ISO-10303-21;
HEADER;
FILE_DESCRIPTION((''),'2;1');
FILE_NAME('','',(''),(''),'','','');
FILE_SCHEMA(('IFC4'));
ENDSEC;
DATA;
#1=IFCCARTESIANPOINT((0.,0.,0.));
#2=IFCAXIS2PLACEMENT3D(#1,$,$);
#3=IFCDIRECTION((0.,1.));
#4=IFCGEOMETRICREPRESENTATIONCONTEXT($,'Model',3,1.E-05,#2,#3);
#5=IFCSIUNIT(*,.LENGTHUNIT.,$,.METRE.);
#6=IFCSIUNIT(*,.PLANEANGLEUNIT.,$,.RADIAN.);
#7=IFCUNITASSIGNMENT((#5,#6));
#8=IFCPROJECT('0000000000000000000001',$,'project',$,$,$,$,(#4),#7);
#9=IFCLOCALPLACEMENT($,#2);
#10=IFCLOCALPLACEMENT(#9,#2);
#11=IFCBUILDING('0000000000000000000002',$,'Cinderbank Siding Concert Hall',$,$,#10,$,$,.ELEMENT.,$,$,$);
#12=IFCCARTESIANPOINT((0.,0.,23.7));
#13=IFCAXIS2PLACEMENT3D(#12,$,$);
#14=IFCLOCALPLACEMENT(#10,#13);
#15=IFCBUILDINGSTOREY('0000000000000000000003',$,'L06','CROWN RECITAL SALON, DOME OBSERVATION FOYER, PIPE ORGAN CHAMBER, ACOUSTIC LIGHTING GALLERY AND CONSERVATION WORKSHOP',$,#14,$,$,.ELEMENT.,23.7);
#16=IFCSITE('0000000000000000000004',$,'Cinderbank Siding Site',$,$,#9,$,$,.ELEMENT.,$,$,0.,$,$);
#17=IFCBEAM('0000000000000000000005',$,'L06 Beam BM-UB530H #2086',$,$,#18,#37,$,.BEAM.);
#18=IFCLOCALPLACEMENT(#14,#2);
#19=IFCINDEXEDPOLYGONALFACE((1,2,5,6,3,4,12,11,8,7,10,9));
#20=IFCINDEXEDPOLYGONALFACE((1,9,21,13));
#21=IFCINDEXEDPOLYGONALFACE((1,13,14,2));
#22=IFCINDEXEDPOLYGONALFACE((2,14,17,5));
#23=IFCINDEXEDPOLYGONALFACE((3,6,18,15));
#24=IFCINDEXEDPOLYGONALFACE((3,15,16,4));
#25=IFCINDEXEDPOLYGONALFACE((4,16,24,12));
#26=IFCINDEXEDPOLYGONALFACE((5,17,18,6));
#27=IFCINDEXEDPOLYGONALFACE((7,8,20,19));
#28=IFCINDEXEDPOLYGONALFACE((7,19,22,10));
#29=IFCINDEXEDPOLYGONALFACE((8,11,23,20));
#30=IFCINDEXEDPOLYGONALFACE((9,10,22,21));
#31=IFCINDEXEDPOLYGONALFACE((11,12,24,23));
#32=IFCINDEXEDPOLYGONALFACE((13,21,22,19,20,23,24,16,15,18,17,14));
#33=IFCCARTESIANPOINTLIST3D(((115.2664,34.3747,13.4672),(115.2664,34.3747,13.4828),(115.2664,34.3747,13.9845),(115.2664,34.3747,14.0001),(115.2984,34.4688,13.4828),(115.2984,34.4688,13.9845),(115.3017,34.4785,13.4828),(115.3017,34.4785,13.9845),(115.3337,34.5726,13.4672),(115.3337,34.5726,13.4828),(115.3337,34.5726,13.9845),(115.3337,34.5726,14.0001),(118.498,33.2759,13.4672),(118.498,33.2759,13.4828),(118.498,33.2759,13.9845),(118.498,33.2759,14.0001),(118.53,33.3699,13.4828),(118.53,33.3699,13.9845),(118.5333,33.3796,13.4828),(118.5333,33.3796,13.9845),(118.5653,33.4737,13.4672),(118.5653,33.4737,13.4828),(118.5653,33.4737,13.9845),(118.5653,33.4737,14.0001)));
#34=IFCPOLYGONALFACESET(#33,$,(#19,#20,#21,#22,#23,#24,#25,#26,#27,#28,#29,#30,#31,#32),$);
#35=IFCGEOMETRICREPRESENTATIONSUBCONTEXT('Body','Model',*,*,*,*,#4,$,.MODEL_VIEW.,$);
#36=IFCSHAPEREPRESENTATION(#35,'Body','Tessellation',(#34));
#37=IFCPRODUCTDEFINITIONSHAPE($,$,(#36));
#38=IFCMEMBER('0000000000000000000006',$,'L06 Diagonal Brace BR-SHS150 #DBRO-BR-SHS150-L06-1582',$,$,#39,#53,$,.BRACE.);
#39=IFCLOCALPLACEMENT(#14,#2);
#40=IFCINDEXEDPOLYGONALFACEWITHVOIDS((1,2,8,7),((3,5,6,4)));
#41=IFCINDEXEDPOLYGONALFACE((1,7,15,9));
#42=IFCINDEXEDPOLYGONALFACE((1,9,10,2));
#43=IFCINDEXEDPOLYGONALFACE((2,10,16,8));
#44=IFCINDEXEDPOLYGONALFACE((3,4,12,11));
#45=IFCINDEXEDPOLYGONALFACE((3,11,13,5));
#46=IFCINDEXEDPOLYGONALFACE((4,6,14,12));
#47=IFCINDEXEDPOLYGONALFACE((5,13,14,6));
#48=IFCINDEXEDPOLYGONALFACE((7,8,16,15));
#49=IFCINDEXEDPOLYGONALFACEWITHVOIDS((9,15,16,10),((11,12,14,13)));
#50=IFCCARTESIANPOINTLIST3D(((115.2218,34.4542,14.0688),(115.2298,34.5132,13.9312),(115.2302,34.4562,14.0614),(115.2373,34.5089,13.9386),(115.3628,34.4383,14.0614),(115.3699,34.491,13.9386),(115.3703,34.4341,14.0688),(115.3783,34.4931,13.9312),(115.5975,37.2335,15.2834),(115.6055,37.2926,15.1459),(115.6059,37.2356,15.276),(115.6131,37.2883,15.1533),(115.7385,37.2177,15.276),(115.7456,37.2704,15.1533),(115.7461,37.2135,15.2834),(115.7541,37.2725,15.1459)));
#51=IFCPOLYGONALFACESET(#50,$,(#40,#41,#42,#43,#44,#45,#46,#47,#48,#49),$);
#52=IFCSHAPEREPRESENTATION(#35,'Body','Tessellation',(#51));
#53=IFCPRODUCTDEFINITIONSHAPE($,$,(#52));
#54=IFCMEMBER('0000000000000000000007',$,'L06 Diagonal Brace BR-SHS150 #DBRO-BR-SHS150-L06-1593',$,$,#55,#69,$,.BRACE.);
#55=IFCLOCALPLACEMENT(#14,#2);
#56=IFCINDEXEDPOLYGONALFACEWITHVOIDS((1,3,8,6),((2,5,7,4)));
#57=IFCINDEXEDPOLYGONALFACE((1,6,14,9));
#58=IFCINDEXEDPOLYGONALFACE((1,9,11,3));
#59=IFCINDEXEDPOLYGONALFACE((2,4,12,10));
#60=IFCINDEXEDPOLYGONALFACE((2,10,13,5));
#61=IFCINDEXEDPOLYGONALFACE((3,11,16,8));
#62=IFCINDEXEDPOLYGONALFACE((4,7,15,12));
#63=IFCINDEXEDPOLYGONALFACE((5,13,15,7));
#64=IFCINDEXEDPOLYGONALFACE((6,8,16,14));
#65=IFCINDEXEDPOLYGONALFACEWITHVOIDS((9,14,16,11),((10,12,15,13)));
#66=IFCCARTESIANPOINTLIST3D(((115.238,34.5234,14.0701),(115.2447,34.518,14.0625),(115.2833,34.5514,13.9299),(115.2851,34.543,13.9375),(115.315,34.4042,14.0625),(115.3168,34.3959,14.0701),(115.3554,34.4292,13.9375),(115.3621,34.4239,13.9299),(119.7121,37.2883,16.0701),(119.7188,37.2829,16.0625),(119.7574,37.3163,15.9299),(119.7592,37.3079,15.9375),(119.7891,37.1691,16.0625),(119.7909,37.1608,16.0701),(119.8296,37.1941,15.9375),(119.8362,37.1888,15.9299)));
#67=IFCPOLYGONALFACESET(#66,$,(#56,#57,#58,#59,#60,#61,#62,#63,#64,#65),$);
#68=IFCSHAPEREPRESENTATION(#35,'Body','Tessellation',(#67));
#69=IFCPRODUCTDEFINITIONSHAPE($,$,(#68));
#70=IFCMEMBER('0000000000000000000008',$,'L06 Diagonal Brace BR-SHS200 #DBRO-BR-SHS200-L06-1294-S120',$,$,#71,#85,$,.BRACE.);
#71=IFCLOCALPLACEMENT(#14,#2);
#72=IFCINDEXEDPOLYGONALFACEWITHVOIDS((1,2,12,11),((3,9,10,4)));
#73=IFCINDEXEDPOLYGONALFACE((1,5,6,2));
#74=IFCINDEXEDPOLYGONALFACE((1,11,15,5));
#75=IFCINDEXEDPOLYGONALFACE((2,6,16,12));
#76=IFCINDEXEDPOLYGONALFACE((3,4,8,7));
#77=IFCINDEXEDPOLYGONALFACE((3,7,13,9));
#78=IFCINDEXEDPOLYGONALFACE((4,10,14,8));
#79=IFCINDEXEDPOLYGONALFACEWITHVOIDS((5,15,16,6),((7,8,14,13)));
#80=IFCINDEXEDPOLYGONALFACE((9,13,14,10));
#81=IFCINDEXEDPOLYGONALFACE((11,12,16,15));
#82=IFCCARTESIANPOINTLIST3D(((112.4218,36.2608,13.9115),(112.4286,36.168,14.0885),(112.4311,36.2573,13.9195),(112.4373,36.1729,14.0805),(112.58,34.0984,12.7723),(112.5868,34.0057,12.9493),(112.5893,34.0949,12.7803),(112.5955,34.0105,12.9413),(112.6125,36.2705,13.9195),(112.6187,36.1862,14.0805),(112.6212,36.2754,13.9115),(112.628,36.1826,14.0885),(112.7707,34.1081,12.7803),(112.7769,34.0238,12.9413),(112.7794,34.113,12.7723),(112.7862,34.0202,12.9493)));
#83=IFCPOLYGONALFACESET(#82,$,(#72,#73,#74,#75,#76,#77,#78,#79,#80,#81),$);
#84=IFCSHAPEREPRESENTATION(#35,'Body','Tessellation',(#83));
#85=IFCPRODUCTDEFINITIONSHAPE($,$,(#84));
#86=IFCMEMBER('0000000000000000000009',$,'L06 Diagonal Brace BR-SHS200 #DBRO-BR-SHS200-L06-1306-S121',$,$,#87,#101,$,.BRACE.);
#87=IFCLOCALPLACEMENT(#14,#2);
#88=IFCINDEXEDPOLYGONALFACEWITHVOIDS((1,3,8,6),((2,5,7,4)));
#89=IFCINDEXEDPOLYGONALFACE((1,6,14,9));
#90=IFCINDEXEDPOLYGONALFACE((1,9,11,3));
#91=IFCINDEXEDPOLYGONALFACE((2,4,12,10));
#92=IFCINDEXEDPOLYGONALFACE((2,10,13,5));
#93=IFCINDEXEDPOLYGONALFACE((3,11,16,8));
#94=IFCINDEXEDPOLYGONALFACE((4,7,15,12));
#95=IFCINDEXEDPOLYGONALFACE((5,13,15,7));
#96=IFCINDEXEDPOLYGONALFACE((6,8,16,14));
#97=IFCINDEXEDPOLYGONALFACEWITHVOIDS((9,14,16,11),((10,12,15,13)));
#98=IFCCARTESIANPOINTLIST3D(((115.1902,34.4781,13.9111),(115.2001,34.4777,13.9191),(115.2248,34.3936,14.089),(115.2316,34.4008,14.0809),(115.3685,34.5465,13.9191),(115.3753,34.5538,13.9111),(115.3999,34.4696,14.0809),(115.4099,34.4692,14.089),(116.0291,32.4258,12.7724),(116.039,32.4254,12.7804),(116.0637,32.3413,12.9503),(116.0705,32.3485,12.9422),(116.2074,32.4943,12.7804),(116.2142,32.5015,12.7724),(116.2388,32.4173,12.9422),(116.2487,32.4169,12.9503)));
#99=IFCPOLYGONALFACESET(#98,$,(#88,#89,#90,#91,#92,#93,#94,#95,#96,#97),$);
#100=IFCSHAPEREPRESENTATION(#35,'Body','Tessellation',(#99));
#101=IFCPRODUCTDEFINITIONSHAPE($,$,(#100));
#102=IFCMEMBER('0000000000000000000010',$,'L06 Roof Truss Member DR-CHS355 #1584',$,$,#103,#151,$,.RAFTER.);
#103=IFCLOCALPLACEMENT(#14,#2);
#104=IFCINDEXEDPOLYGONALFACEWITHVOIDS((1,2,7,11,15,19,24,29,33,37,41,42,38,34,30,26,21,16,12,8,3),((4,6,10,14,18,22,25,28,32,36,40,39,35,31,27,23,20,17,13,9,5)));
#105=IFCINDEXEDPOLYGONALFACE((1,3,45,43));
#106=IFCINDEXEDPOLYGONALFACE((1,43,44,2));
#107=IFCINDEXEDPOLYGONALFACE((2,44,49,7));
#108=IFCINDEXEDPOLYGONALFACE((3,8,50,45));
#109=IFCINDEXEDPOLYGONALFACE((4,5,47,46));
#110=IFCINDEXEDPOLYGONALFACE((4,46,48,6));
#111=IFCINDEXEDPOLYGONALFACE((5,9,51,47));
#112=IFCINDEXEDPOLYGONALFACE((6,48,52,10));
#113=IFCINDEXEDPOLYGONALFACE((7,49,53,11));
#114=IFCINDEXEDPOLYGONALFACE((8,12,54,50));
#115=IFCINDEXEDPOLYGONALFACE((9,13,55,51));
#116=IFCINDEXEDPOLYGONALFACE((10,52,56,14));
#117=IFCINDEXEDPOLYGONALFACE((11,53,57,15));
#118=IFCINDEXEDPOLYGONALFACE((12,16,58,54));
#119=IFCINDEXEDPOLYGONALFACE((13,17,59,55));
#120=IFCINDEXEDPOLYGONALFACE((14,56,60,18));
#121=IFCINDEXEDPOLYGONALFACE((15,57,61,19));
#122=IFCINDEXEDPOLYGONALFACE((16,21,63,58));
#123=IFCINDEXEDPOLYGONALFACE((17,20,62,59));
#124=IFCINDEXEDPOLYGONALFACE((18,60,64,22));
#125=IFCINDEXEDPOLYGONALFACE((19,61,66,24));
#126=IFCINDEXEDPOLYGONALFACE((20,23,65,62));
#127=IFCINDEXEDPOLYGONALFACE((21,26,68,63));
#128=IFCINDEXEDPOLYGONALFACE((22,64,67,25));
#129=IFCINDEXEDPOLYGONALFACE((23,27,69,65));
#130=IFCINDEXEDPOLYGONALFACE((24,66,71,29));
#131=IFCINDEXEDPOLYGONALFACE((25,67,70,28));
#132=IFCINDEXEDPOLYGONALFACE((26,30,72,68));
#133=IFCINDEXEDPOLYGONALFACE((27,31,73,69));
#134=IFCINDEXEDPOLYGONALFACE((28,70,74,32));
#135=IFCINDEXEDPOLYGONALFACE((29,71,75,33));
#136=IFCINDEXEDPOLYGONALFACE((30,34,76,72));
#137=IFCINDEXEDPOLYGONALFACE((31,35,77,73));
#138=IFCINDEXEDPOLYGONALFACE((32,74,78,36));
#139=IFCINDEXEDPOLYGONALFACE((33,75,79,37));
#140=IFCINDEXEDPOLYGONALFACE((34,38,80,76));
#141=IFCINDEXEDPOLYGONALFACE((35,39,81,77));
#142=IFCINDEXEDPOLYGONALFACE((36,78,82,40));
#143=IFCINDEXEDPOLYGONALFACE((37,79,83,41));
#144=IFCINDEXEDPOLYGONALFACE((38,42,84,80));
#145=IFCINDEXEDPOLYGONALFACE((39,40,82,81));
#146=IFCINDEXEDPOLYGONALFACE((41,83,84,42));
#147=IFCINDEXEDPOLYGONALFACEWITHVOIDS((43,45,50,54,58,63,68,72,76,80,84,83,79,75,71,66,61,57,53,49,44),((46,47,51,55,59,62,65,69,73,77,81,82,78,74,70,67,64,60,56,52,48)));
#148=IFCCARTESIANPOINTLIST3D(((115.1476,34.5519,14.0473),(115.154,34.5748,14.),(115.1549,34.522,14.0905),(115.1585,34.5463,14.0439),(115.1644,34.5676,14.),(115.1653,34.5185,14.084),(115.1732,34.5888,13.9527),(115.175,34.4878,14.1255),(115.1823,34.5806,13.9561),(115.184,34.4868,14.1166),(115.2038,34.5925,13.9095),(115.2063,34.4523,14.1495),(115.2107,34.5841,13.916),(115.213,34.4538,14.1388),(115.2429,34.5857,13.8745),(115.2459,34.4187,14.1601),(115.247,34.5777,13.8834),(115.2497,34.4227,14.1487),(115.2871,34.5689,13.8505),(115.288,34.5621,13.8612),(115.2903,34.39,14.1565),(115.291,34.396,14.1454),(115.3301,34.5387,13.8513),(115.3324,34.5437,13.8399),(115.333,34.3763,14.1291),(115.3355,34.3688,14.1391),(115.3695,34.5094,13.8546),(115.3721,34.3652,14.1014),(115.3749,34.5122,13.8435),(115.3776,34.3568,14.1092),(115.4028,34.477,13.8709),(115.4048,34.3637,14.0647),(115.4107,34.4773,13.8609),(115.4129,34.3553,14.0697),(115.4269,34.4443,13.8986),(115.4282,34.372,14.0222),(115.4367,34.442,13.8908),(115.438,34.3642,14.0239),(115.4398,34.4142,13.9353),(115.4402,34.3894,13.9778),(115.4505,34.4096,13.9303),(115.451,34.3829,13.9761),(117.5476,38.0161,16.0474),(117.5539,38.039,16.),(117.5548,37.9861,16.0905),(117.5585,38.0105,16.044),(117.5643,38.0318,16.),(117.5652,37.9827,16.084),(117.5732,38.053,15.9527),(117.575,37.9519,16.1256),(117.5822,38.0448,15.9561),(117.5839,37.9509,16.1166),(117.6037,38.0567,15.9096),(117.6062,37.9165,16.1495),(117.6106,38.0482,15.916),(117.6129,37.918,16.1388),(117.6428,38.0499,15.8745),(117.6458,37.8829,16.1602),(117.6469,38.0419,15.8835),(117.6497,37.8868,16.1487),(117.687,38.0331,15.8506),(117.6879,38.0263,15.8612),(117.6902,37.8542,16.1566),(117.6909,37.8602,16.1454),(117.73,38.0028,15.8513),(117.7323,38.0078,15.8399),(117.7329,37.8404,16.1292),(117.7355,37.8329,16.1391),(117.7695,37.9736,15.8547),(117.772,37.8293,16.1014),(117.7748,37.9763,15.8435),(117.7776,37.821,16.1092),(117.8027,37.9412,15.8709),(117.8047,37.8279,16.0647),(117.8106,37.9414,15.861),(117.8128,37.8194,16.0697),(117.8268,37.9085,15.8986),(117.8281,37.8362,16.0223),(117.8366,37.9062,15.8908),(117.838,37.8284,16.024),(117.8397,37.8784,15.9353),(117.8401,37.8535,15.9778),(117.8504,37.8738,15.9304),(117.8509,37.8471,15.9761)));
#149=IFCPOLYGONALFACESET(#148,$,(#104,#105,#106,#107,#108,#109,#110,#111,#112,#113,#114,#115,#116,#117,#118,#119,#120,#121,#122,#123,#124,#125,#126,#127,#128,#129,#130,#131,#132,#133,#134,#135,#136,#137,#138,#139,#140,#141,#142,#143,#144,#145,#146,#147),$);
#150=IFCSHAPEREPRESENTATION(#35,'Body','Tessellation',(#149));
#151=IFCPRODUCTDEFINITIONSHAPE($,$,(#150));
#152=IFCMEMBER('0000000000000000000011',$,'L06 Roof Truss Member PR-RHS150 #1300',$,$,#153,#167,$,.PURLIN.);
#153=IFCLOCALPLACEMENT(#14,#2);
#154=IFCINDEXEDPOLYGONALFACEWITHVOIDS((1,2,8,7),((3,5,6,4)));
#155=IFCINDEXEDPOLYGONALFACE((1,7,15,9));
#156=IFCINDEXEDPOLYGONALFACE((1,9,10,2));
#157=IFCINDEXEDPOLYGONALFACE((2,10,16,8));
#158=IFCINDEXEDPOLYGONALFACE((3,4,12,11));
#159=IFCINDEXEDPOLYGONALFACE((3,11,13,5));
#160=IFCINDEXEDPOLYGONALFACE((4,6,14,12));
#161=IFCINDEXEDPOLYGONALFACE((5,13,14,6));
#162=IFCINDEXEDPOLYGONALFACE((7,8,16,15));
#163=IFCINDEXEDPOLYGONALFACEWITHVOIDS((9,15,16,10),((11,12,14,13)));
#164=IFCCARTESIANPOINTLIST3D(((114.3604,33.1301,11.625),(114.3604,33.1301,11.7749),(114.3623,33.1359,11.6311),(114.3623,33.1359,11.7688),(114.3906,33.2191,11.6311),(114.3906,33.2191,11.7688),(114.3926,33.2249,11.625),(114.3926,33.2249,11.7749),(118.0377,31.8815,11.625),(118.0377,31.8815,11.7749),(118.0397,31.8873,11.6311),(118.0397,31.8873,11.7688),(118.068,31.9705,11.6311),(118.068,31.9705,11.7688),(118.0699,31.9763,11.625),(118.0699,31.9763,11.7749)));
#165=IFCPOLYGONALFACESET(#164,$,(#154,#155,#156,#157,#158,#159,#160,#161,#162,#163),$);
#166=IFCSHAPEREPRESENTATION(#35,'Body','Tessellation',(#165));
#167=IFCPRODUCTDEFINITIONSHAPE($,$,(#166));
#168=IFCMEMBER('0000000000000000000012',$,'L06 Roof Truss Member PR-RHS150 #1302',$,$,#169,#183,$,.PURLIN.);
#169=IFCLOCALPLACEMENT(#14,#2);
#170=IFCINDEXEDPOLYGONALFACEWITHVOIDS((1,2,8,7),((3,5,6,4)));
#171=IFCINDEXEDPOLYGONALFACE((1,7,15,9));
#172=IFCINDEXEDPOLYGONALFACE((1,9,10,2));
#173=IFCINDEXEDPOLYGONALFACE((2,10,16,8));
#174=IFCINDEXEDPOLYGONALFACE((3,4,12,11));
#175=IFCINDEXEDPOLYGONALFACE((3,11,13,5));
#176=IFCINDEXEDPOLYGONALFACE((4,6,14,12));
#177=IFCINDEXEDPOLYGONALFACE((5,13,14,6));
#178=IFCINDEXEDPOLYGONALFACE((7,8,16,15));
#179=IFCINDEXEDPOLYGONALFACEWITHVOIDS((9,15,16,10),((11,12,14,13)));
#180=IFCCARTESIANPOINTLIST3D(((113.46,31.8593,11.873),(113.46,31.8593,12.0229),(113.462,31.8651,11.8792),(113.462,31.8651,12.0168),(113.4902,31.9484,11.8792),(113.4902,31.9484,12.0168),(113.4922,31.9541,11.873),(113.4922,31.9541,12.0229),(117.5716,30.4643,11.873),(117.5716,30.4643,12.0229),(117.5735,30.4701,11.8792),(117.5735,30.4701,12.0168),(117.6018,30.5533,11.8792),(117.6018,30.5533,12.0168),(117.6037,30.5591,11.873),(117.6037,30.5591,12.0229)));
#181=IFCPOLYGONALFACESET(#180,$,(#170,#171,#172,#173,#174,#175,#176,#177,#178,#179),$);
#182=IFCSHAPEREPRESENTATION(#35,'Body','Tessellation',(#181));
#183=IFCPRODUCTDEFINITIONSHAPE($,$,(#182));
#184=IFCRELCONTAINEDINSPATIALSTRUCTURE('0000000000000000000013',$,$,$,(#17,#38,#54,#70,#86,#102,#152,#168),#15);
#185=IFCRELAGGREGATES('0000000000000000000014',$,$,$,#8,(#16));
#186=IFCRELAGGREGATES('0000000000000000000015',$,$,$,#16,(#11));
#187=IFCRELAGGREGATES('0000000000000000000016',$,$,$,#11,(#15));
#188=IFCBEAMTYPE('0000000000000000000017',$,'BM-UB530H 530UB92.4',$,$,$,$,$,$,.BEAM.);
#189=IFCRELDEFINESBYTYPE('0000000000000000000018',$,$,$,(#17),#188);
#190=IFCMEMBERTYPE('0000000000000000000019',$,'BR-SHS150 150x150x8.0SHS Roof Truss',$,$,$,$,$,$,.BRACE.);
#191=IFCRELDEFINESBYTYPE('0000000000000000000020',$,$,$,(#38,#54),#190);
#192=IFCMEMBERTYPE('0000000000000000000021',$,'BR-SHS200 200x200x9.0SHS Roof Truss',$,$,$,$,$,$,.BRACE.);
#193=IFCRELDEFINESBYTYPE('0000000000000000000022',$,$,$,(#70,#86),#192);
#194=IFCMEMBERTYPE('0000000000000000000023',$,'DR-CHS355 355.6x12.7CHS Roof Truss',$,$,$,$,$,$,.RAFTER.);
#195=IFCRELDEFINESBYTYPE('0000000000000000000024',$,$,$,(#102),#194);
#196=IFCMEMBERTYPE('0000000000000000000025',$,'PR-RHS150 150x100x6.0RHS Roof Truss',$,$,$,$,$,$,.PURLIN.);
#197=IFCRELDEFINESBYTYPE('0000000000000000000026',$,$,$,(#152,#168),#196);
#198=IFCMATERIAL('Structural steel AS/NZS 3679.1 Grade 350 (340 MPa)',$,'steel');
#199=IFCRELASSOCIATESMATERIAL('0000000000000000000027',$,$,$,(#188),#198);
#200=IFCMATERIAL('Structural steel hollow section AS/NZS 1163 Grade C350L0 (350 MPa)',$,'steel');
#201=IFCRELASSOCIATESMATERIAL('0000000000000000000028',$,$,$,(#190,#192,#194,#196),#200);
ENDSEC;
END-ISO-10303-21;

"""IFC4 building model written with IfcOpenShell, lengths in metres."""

from ifc_helpers import new_model, si_unit, direction, frame, origin, origin_2d, place, context, subcontext, project, spatial, hollow_rectangle, hollow_circle, i_section, extrude, material, material_profile, profile_set, type_object, element, save


model = new_model("IFC4")

# Units and contexts
model_context = context("Model", 3, precision=1e-05, world=origin(), true_north=direction((0.0, 1.0)))
body_context = subcontext(model_context, "Body", "Model", "MODEL_VIEW")
ifc_project = project(units=[si_unit("LENGTHUNIT", "METRE"), si_unit("PLANEANGLEUNIT", "RADIAN")], contexts=[model_context])

# Site, building, storey
site_placement = place(None, origin())
site = spatial("IfcSite", under=ifc_project, at=site_placement, Name="Cinderbank Siding Site", CompositionType="ELEMENT", RefElevation=0.0)
building_placement = place(site_placement, origin())
building = spatial("IfcBuilding", under=site, at=building_placement, Name="Cinderbank Siding Concert Hall", CompositionType="ELEMENT")
storey_placement = place(building_placement, frame((0.0, 0.0, 23.7)))
storey = spatial("IfcBuildingStorey", under=building, at=storey_placement, Name="L06", Description="CROWN RECITAL SALON, DOME OBSERVATION FOYER, PIPE ORGAN CHAMBER, ACOUSTIC LIGHTING GALLERY AND CONSERVATION WORKSHOP", CompositionType="ELEMENT", Elevation=23.7)

# Beam
ifc_material_1 = material(Name="Structural steel AS/NZS 3679.1 Grade 350 (340 MPa)", Category="steel")
ifc_material_profile_1 = material_profile(ifc_material_1, i_section(OverallWidth=0.209, OverallDepth=0.533, WebThickness=0.0103, FlangeThickness=0.0156, at=origin_2d()), Name="530UB92.4", Category="LoadBearing")
ifc_profile_set_1 = profile_set([ifc_material_profile_1], Name="Structural steel AS/NZS 3679.1 Grade 350 (340 MPa)")
beam_type = type_object("IfcBeamType", Name="BM-UB530H 530UB92.4", PredefinedType="BEAM", material=ifc_profile_set_1)
beam_placement = place(storey_placement, frame((115.3, 34.4736, 13.7336), z_axis=(0.946764, -0.32193, 0.0), x_axis=(0.32193, 0.946764, 0.0)))
element("IfcBeam", 1, at=beam_placement, inside=storey, type_object=beam_type, Name="L06 Beam BM-UB530H #2086", PredefinedType="BEAM", context=body_context, shape_type="SweptSolid", body=[
    extrude(i_section(OverallWidth=0.209, OverallDepth=0.533, WebThickness=0.0103, FlangeThickness=0.0156, at=origin_2d()), origin(), (0.0, 0.0, 1.0), 3.4133),
])

# Members
ifc_material_2 = material(Name="Structural steel hollow section AS/NZS 1163 Grade C350L0 (350 MPa)", Category="steel")
ifc_material_profile_2 = material_profile(ifc_material_2, hollow_rectangle(XDim=0.1499, YDim=0.1499, WallThickness=0.0081, at=origin_2d()), Name="150x150x8.0SHS", Category="LoadBearing")
ifc_profile_set_2 = profile_set([ifc_material_profile_2], Name="Structural steel hollow section AS/NZS 1163 Grade C350L0 (350 MPa)")
member_type_1 = type_object("IfcMemberType", Name="BR-SHS150 150x150x8.0SHS Roof Truss", PredefinedType="BRACE", material=ifc_profile_set_2)
member_1_placement = place(storey_placement, frame((115.3, 34.4736, 14.0), z_axis=(0.122937, 0.909369, 0.39741), x_axis=(-0.990985, 0.133971, 0.0)))
element("IfcMember", 2, at=member_1_placement, inside=storey, type_object=member_type_1, Name="L06 Diagonal Brace BR-SHS150 #DBRO-BR-SHS150-L06-1582", PredefinedType="BRACE", context=body_context, shape_type="SweptSolid", body=[
    extrude(hollow_rectangle(XDim=0.1499, YDim=0.1499, WallThickness=0.0081, at=origin_2d()), origin(), (0.0, 0.0, 1.0), 3.0564),
])
member_2_placement = place(storey_placement, frame((115.3, 34.4736, 14.0), z_axis=(0.795126, 0.491367, 0.355433), x_axis=(-0.525694, 0.850673, 0.0)))
element("IfcMember", 3, at=member_2_placement, inside=storey, type_object=member_type_1, Name="L06 Diagonal Brace BR-SHS150 #DBRO-BR-SHS150-L06-1593", PredefinedType="BRACE", context=body_context, shape_type="SweptSolid", body=[
    extrude(hollow_rectangle(XDim=0.1499, YDim=0.1499, WallThickness=0.0081, at=origin_2d()), origin(), (0.0, 0.0, 1.0), 5.627),
])
ifc_material_profile_3 = material_profile(ifc_material_2, hollow_rectangle(XDim=0.2, YDim=0.2, WallThickness=0.009, at=origin_2d()), Name="200x200x9.0SHS", Category="LoadBearing")
ifc_profile_set_3 = profile_set([ifc_material_profile_3], Name="Structural steel hollow section AS/NZS 1163 Grade C350L0 (350 MPa)")
member_type_2 = type_object("IfcMemberType", Name="BR-SHS200 200x200x9.0SHS Roof Truss", PredefinedType="BRACE", material=ifc_profile_set_3)
member_3_placement = place(storey_placement, frame((112.6831, 34.0593, 12.8608), z_axis=(-0.064594, 0.882888, 0.465119), x_axis=(-0.997334, -0.072967, 0.0)))
element("IfcMember", 4, at=member_3_placement, inside=storey, type_object=member_type_2, Name="L06 Diagonal Brace BR-SHS200 #DBRO-BR-SHS200-L06-1294-S120", PredefinedType="BRACE", context=body_context, shape_type="SweptSolid", body=[
    extrude(hollow_rectangle(XDim=0.2, YDim=0.2, WallThickness=0.009, at=origin_2d()), origin(), (0.0, 0.0, 1.0), 2.4492),
])
member_4_placement = place(storey_placement, frame((116.1389, 32.4214, 12.8613), z_axis=(-0.336572, 0.823406, 0.45686), x_axis=(-0.925656, -0.378367, 0.0)))
element("IfcMember", 5, at=member_4_placement, inside=storey, type_object=member_type_2, Name="L06 Diagonal Brace BR-SHS200 #DBRO-BR-SHS200-L06-1306-S121", PredefinedType="BRACE", context=body_context, shape_type="SweptSolid", body=[
    extrude(hollow_rectangle(XDim=0.2, YDim=0.2, WallThickness=0.009, at=origin_2d()), origin(), (0.0, 0.0, 1.0), 2.4924),
])
ifc_material_profile_4 = material_profile(ifc_material_2, hollow_circle(Radius=0.1777, WallThickness=0.0127, at=origin_2d()), Name="355.6x12.7CHS", Category="LoadBearing")
ifc_profile_set_4 = profile_set([ifc_material_profile_4], Name="Structural steel hollow section AS/NZS 1163 Grade C350L0 (350 MPa)")
member_type_3 = type_object("IfcMemberType", Name="DR-CHS355 355.6x12.7CHS Roof Truss", PredefinedType="RAFTER", material=ifc_profile_set_4)
member_5_placement = place(storey_placement, frame((115.3, 34.4736, 14.0), z_axis=(0.51448, 0.74262, 0.42875), x_axis=(-0.822007, 0.569478, 0.0)))
element("IfcMember", 6, at=member_5_placement, inside=storey, type_object=member_type_3, Name="L06 Roof Truss Member DR-CHS355 #1584", PredefinedType="RAFTER", context=body_context, shape_type="SweptSolid", body=[
    extrude(hollow_circle(Radius=0.1777, WallThickness=0.0127, at=origin_2d()), origin(), (0.0, 0.0, 1.0), 4.6648),
])
ifc_material_profile_5 = material_profile(ifc_material_2, hollow_rectangle(XDim=0.1001, YDim=0.1499, WallThickness=0.0061, at=origin_2d()), Name="150x100x6.0RHS", Category="LoadBearing")
ifc_profile_set_5 = profile_set([ifc_material_profile_5], Name="Structural steel hollow section AS/NZS 1163 Grade C350L0 (350 MPa)")
member_type_4 = type_object("IfcMemberType", Name="PR-RHS150 150x100x6.0RHS Roof Truss", PredefinedType="PURLIN", material=ifc_profile_set_5)
member_6_placement = place(storey_placement, frame((114.3765, 33.1775, 11.7), z_axis=(0.946908, -0.321504, 0.0), x_axis=(0.321504, 0.946908, 0.0)))
element("IfcMember", 7, at=member_6_placement, inside=storey, type_object=member_type_4, Name="L06 Roof Truss Member PR-RHS150 #1300", PredefinedType="PURLIN", context=body_context, shape_type="SweptSolid", body=[
    extrude(hollow_rectangle(XDim=0.1001, YDim=0.1499, WallThickness=0.0061, at=origin_2d()), origin(), (0.0, 0.0, 1.0), 3.8835),
])
member_7_placement = place(storey_placement, frame((113.4761, 31.9067, 11.948), z_axis=(0.946977, -0.321301, 0.0), x_axis=(0.321301, 0.946977, 0.0)))
element("IfcMember", 8, at=member_7_placement, inside=storey, type_object=member_type_4, Name="L06 Roof Truss Member PR-RHS150 #1302", PredefinedType="PURLIN", context=body_context, shape_type="SweptSolid", body=[
    extrude(hollow_rectangle(XDim=0.1001, YDim=0.1499, WallThickness=0.0061, at=origin_2d()), origin(), (0.0, 0.0, 1.0), 4.3418),
])

save(model, "model.ifc")
